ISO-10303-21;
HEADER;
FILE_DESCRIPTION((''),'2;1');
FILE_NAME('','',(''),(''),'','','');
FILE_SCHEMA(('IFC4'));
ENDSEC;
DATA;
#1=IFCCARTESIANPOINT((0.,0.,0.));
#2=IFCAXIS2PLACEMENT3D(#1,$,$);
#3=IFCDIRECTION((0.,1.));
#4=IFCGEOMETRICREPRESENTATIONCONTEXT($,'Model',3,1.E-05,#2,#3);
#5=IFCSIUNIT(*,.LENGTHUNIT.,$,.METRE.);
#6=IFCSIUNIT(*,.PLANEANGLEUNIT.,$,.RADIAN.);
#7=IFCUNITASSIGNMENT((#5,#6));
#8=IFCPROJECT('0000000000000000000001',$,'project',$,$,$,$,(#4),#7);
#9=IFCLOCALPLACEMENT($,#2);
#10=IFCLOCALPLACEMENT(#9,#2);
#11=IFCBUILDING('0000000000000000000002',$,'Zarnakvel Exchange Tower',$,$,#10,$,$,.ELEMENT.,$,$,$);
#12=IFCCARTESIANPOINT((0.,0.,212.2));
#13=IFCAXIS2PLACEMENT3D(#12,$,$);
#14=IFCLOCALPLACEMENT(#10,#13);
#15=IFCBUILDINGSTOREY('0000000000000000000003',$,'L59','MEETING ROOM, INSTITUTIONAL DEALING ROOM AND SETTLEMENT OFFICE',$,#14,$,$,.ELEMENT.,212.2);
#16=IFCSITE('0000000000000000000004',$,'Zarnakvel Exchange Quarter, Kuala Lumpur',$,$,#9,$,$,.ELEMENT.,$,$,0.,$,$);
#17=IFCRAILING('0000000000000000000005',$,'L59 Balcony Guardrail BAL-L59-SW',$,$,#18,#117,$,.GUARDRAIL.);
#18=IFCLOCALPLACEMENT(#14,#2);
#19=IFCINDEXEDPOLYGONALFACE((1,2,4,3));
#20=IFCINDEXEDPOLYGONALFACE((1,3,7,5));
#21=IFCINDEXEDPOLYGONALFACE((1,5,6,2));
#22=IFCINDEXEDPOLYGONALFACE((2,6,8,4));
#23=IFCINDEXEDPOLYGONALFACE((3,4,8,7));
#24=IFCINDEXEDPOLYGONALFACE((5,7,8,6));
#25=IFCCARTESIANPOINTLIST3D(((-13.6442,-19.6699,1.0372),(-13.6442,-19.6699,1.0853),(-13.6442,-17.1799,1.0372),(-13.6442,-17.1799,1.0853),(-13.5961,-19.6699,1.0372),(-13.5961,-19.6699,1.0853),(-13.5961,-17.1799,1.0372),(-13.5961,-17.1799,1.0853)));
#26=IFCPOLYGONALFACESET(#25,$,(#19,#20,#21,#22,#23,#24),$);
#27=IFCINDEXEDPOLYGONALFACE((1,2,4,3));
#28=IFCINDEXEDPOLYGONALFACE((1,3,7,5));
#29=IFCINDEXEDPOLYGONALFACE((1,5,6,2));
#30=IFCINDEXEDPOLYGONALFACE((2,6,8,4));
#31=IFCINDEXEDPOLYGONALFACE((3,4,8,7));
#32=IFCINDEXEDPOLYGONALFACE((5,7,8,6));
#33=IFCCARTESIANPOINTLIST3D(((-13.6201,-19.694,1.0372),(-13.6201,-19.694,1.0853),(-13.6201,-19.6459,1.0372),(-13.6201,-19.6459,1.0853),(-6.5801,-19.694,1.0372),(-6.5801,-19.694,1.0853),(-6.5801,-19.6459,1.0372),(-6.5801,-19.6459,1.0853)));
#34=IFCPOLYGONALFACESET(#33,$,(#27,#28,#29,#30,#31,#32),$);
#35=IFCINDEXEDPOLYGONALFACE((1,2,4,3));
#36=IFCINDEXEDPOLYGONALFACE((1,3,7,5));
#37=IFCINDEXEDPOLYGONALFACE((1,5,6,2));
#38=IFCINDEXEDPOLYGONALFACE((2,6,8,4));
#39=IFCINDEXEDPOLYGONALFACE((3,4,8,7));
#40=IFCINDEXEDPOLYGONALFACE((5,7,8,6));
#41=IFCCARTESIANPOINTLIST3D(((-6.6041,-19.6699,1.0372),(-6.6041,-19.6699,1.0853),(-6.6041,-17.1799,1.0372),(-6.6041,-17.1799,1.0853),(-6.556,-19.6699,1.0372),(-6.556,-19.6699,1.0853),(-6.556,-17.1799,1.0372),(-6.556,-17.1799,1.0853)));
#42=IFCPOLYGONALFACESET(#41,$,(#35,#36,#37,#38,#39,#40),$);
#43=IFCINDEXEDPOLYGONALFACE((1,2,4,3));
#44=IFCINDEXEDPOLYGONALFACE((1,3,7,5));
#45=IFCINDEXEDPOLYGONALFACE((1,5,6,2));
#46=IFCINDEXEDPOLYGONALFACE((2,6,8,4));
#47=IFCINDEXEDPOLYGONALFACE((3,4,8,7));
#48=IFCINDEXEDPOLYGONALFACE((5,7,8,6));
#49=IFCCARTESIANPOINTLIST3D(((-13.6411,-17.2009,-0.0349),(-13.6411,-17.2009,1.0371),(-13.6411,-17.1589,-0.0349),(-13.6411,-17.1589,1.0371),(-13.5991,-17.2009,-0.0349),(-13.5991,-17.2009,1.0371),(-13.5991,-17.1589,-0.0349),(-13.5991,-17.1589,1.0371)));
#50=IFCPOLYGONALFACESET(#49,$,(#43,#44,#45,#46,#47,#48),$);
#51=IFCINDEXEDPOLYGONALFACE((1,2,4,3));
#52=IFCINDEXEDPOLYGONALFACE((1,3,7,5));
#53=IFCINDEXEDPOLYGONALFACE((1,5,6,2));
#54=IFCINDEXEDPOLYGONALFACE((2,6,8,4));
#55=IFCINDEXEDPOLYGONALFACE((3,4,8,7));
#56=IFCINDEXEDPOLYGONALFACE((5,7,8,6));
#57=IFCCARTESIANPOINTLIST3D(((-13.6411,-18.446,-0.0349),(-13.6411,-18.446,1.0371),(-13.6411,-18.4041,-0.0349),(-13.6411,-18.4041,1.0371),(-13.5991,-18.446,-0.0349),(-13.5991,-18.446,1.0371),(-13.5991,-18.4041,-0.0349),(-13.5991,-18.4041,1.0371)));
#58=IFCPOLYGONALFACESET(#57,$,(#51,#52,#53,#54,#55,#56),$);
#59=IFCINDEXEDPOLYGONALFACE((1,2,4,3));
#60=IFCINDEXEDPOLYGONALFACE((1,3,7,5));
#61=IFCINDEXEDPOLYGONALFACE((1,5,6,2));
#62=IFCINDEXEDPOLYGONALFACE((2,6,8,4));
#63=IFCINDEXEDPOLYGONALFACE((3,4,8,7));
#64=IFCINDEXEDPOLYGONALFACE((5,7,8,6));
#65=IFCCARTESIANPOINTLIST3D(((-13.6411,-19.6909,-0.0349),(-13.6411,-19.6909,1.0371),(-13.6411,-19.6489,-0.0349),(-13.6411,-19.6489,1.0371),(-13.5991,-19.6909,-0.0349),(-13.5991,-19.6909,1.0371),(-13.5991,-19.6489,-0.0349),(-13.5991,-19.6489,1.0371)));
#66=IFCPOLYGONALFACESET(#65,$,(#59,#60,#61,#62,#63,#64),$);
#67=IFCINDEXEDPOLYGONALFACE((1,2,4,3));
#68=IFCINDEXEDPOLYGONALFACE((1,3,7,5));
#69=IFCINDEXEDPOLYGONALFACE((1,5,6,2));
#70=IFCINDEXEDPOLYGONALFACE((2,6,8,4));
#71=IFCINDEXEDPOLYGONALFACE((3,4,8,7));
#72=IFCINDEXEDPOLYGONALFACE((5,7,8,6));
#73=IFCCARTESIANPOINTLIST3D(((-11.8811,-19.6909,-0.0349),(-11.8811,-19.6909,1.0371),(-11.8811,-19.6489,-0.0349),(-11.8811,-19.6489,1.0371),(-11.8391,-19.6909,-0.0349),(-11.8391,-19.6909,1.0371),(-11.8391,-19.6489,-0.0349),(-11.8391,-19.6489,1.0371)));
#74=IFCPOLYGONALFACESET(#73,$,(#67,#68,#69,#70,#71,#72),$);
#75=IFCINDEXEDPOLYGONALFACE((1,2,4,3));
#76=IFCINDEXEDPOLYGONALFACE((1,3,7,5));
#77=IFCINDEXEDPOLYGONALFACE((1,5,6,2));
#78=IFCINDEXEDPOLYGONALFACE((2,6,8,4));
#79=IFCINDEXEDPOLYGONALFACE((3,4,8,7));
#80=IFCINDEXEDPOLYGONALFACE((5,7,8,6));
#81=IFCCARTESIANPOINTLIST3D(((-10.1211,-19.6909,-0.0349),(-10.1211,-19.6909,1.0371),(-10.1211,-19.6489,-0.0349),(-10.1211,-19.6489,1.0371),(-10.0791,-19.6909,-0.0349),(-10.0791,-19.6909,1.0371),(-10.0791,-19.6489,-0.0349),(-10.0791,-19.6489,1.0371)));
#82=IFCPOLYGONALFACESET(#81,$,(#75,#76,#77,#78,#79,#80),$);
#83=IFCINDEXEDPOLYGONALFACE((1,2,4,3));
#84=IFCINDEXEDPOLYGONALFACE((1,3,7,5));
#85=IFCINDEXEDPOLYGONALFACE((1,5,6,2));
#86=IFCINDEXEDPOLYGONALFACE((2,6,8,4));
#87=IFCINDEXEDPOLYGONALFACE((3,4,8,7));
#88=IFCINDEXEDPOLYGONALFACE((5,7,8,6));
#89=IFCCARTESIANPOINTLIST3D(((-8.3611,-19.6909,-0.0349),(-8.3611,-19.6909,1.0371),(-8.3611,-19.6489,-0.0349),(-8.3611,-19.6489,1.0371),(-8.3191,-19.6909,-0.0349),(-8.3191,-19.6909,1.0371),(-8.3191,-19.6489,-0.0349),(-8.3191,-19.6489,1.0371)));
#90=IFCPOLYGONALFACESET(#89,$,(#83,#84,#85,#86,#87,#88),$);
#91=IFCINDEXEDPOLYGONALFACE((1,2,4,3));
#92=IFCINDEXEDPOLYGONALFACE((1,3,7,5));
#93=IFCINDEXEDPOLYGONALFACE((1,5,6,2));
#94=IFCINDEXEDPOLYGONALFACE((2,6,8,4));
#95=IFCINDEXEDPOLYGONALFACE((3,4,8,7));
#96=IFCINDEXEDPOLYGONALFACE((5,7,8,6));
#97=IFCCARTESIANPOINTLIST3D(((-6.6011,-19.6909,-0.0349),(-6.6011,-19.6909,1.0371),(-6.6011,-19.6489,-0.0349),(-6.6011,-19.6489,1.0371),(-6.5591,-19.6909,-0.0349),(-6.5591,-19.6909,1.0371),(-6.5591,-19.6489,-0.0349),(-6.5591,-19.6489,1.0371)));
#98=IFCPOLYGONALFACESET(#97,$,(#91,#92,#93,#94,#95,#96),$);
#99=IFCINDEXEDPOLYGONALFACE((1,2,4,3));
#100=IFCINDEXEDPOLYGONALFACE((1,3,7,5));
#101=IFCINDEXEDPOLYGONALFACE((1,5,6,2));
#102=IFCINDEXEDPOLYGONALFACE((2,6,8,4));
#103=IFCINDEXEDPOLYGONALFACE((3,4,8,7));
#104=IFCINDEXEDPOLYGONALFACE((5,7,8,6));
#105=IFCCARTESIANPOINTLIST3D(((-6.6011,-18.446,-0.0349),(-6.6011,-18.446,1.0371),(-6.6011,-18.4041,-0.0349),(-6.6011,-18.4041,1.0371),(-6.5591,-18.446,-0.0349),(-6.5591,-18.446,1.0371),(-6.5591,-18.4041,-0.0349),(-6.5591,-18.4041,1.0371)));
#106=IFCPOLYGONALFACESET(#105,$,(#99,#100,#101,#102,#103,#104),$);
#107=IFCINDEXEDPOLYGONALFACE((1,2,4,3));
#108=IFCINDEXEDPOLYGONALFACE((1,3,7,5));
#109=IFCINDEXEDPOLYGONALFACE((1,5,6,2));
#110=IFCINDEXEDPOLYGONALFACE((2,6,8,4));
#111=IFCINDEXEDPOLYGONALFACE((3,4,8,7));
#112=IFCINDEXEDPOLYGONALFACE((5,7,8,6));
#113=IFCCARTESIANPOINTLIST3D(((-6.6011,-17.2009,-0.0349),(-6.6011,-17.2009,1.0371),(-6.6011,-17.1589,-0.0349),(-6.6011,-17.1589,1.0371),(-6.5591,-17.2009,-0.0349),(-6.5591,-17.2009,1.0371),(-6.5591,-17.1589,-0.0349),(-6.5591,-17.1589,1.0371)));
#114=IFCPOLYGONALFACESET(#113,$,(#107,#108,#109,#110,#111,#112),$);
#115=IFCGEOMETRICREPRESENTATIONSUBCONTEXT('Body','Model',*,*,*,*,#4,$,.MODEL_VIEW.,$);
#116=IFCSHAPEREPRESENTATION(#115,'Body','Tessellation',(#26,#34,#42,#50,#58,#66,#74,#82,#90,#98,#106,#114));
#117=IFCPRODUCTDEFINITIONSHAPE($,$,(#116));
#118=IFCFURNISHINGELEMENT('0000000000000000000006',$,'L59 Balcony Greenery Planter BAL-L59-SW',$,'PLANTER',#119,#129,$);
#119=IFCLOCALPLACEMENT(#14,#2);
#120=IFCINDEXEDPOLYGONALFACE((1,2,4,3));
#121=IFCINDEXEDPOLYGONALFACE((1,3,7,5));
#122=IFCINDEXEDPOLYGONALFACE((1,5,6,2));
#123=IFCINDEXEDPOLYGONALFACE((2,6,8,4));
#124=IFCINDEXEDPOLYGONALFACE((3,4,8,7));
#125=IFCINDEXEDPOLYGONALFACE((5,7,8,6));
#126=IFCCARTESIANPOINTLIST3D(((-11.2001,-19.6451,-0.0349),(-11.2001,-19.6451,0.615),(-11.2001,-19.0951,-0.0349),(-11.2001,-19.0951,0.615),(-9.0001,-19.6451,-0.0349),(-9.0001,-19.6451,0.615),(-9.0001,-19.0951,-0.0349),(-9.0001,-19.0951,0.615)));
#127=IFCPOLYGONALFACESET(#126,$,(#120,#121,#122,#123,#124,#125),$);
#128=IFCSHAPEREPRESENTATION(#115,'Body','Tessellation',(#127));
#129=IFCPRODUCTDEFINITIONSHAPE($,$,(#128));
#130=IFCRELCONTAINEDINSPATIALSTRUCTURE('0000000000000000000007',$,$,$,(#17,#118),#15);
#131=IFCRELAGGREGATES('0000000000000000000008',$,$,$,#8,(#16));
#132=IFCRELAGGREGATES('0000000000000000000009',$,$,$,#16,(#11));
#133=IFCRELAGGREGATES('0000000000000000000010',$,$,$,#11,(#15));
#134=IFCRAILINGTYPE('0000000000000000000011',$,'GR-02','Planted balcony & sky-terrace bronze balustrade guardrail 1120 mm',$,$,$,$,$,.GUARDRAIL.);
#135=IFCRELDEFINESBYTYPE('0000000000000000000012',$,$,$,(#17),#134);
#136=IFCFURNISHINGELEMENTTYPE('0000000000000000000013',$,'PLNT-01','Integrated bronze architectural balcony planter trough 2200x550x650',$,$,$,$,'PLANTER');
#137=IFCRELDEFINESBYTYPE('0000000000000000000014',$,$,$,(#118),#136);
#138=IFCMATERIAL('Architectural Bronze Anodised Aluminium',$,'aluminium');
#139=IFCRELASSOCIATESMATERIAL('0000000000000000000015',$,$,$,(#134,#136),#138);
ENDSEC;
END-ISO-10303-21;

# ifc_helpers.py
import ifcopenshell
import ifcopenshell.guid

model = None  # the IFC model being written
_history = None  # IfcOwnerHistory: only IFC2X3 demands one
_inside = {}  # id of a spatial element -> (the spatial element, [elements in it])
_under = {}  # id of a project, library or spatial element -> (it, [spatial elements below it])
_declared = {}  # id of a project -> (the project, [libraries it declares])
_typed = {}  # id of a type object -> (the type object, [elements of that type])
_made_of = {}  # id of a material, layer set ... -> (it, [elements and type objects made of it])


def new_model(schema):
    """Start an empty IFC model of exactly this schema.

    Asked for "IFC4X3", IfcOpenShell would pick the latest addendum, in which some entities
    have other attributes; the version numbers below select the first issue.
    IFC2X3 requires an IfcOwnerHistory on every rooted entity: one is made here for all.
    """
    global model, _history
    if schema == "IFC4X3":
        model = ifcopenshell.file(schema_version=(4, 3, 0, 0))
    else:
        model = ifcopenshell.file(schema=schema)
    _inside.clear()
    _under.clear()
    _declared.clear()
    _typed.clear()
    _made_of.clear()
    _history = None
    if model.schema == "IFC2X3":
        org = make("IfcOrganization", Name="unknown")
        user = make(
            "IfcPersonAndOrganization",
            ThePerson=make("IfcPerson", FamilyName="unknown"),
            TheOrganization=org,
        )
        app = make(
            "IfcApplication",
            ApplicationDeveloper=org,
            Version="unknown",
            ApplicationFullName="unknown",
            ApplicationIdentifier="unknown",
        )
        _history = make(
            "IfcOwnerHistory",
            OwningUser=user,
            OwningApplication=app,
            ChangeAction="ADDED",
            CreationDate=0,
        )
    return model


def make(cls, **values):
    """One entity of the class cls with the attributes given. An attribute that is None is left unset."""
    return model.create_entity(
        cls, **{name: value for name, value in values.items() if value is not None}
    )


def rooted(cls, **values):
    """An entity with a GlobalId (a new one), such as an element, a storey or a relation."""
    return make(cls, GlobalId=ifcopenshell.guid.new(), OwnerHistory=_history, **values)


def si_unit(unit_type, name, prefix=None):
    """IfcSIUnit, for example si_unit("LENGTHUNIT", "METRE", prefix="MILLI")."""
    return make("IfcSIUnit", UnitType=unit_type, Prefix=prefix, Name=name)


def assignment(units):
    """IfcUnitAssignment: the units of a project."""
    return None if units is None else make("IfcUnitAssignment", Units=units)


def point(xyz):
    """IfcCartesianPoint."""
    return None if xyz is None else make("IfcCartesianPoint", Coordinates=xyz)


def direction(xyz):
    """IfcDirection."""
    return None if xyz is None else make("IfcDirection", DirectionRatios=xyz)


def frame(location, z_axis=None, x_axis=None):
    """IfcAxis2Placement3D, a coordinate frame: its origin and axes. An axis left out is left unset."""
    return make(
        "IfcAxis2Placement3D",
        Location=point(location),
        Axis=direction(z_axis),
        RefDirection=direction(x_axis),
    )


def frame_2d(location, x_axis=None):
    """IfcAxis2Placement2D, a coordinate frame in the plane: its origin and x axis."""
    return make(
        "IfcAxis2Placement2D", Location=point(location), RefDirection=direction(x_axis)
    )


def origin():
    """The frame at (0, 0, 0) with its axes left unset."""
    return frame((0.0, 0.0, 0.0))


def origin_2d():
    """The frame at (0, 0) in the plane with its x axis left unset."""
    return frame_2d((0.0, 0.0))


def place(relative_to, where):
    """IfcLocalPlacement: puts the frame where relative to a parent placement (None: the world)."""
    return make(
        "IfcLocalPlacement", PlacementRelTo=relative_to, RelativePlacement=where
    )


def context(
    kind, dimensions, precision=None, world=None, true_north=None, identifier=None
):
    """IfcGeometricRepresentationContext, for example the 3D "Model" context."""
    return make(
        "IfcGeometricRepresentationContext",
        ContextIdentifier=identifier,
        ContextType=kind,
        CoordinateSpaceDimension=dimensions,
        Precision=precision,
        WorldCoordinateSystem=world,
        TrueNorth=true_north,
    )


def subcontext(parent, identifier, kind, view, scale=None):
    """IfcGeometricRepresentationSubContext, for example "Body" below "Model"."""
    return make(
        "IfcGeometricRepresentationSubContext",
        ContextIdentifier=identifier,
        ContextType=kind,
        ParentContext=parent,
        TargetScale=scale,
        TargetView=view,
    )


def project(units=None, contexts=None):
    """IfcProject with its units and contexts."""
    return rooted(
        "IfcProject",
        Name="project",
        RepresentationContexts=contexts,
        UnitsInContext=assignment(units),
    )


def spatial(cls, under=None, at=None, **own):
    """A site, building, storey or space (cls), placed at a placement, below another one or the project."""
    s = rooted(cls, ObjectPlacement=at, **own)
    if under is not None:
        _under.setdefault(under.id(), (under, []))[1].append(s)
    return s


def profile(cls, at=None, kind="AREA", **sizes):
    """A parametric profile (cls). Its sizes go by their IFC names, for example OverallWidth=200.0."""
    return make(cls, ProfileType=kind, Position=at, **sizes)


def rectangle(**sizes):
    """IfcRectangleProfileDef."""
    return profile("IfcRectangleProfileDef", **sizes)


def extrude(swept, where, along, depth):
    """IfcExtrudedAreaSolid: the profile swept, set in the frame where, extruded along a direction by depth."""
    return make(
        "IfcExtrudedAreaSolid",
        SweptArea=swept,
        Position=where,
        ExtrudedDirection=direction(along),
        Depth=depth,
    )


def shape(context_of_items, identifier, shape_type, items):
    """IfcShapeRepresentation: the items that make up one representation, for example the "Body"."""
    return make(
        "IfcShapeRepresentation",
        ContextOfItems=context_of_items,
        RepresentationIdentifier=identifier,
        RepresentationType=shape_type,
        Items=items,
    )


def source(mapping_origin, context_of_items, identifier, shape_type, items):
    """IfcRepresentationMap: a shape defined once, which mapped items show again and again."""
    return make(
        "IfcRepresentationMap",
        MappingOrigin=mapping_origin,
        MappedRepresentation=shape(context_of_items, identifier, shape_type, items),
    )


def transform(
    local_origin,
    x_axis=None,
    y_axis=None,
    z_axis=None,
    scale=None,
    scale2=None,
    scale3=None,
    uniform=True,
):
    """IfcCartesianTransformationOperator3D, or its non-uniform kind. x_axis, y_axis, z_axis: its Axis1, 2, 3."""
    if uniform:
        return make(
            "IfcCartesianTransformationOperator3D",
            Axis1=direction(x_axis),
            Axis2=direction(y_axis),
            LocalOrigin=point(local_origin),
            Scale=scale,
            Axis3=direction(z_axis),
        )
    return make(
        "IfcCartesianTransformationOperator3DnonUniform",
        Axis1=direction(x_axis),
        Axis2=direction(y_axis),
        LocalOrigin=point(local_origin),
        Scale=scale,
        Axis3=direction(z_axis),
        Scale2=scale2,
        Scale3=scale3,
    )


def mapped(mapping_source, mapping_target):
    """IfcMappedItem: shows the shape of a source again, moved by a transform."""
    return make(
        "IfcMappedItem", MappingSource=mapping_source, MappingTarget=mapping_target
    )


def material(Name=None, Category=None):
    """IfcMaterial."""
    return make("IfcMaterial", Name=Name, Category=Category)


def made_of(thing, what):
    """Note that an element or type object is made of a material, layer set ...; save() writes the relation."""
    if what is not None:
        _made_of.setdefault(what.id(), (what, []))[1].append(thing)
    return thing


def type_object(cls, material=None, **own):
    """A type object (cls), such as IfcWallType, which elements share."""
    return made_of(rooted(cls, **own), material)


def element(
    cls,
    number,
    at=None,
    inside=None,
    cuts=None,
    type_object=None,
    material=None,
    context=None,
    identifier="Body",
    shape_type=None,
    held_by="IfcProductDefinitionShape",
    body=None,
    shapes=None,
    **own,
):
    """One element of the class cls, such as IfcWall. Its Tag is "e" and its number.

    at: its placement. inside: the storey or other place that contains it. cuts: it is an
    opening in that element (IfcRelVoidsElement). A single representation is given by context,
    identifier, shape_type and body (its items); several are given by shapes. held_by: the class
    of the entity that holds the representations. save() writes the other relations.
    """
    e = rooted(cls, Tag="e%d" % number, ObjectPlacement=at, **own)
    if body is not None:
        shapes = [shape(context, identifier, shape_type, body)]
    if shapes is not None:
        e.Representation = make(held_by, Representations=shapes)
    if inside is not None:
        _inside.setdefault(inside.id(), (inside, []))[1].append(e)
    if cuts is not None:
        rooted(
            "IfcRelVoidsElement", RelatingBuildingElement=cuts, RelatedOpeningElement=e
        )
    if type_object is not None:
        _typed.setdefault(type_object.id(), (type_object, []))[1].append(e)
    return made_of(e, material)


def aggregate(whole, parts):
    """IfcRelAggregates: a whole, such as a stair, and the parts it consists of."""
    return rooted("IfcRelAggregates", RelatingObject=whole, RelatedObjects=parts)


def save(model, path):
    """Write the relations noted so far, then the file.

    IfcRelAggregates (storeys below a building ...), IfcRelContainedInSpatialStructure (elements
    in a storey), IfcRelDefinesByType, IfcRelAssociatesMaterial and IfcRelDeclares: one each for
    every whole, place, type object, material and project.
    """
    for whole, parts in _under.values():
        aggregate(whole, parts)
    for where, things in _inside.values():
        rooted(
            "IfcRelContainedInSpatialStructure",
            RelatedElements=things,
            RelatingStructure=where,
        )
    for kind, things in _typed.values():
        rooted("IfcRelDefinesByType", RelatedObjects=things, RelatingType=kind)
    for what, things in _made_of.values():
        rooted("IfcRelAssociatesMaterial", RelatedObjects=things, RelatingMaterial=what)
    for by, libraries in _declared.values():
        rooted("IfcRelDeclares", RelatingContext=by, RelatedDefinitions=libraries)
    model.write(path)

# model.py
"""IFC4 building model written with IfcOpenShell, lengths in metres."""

from ifc_helpers import new_model, si_unit, direction, frame, origin, origin_2d, place, context, subcontext, project, spatial, rectangle, extrude, source, transform, mapped, material, type_object, element, save


model = new_model("IFC4")

# Units and contexts
model_context = context("Model", 3, precision=1e-05, world=origin(), true_north=direction((0.0, 1.0)))
body_context = subcontext(model_context, "Body", "Model", "MODEL_VIEW")
ifc_project = project(units=[si_unit("LENGTHUNIT", "METRE"), si_unit("PLANEANGLEUNIT", "RADIAN")], contexts=[model_context])

# Site, building, storey
site_placement = place(None, origin())
site = spatial("IfcSite", under=ifc_project, at=site_placement, Name="Zarnakvel Exchange Quarter, Kuala Lumpur", CompositionType="ELEMENT", RefElevation=0.0)
building_placement = place(site_placement, origin())
building = spatial("IfcBuilding", under=site, at=building_placement, Name="Zarnakvel Exchange Tower", CompositionType="ELEMENT")
storey_placement = place(building_placement, frame((0.0, 0.0, 212.2)))
storey = spatial("IfcBuildingStorey", under=building, at=storey_placement, Name="L59", Description="MEETING ROOM, INSTITUTIONAL DEALING ROOM AND SETTLEMENT OFFICE", CompositionType="ELEMENT", Elevation=212.2)

# Shared definitions
ifc_material_1 = material(Name="Architectural Bronze Anodised Aluminium", Category="aluminium")

# Railing
railing_type = type_object("IfcRailingType", Name="GR-02", Description="Planted balcony & sky-terrace bronze balustrade guardrail 1120 mm", PredefinedType="GUARDRAIL", material=ifc_material_1)
railing_placement = place(storey_placement, frame((-13.6201, -17.1799, -0.0349)))
element("IfcRailing", 1, at=railing_placement, inside=storey, type_object=railing_type, Name="L59 Balcony Guardrail BAL-L59-SW", PredefinedType="GUARDRAIL", context=body_context, shape_type="SweptSolid", body=[
    extrude(rectangle(XDim=0.0481, YDim=0.0481, at=origin_2d()), frame((0.0, 0.0, 1.0962), z_axis=(0.0, -1.0, 0.0), x_axis=(1.0, 0.0, 0.0)), (0.0, 0.0, 1.0), 2.49),
    extrude(rectangle(XDim=0.0481, YDim=0.0481, at=origin_2d()), frame((0.0, -2.49, 1.0962), z_axis=(1.0, 0.0, 0.0), x_axis=(0.0, 1.0, 0.0)), (0.0, 0.0, 1.0), 7.04),
    extrude(rectangle(XDim=0.0481, YDim=0.0481, at=origin_2d()), frame((7.04, -2.49, 1.0962), z_axis=(0.0, 1.0, 0.0), x_axis=(-1.0, 0.0, 0.0)), (0.0, 0.0, 1.0), 2.49),
    extrude(rectangle(XDim=0.042, YDim=0.042, at=origin_2d()), origin(), (0.0, 0.0, 1.0), 1.072),
    extrude(rectangle(XDim=0.042, YDim=0.042, at=origin_2d()), frame((0.0, -1.2451, 0.0)), (0.0, 0.0, 1.0), 1.072),
    extrude(rectangle(XDim=0.042, YDim=0.042, at=origin_2d()), frame((0.0, -2.49, 0.0)), (0.0, 0.0, 1.0), 1.072),
    extrude(rectangle(XDim=0.042, YDim=0.042, at=origin_2d()), frame((1.76, -2.49, 0.0)), (0.0, 0.0, 1.0), 1.072),
    extrude(rectangle(XDim=0.042, YDim=0.042, at=origin_2d()), frame((3.52, -2.49, 0.0)), (0.0, 0.0, 1.0), 1.072),
    extrude(rectangle(XDim=0.042, YDim=0.042, at=origin_2d()), frame((5.28, -2.49, 0.0)), (0.0, 0.0, 1.0), 1.072),
    extrude(rectangle(XDim=0.042, YDim=0.042, at=origin_2d()), frame((7.04, -2.49, 0.0)), (0.0, 0.0, 1.0), 1.072),
    extrude(rectangle(XDim=0.042, YDim=0.042, at=origin_2d()), frame((7.04, -1.2451, 0.0)), (0.0, 0.0, 1.0), 1.072),
    extrude(rectangle(XDim=0.042, YDim=0.042, at=origin_2d()), frame((7.04, 0.0, 0.0)), (0.0, 0.0, 1.0), 1.072),
])

# Furnishing element
furnishing_element_type = type_object("IfcFurnishingElementType", Name="PLNT-01", Description="Integrated bronze architectural balcony planter trough 2200x550x650", ElementType="PLANTER", material=ifc_material_1)
shared_shape_1 = source(origin(), body_context, "Body", "SweptSolid", [
    extrude(rectangle(XDim=2.2, YDim=0.55, at=origin_2d()), origin(), (0.0, 0.0, 1.0), 0.6499),
])
furnishing_placement = place(storey_placement, frame((-10.1001, -19.3701, -0.0349), z_axis=(0.0, 0.0, 1.0), x_axis=(1.0, 0.0, 0.0)))
element("IfcFurnishingElement", 2, at=furnishing_placement, inside=storey, type_object=furnishing_element_type, Name="L59 Balcony Greenery Planter BAL-L59-SW", ObjectType="PLANTER", context=body_context, shape_type="MappedRepresentation", body=[
    mapped(shared_shape_1, transform((0.0, 0.0, 0.0), x_axis=(1.0, 0.0, 0.0), y_axis=(0.0, 1.0, 0.0), z_axis=(0.0, 0.0, 1.0), scale=1.0)),
])

save(model, "model.ifc")
